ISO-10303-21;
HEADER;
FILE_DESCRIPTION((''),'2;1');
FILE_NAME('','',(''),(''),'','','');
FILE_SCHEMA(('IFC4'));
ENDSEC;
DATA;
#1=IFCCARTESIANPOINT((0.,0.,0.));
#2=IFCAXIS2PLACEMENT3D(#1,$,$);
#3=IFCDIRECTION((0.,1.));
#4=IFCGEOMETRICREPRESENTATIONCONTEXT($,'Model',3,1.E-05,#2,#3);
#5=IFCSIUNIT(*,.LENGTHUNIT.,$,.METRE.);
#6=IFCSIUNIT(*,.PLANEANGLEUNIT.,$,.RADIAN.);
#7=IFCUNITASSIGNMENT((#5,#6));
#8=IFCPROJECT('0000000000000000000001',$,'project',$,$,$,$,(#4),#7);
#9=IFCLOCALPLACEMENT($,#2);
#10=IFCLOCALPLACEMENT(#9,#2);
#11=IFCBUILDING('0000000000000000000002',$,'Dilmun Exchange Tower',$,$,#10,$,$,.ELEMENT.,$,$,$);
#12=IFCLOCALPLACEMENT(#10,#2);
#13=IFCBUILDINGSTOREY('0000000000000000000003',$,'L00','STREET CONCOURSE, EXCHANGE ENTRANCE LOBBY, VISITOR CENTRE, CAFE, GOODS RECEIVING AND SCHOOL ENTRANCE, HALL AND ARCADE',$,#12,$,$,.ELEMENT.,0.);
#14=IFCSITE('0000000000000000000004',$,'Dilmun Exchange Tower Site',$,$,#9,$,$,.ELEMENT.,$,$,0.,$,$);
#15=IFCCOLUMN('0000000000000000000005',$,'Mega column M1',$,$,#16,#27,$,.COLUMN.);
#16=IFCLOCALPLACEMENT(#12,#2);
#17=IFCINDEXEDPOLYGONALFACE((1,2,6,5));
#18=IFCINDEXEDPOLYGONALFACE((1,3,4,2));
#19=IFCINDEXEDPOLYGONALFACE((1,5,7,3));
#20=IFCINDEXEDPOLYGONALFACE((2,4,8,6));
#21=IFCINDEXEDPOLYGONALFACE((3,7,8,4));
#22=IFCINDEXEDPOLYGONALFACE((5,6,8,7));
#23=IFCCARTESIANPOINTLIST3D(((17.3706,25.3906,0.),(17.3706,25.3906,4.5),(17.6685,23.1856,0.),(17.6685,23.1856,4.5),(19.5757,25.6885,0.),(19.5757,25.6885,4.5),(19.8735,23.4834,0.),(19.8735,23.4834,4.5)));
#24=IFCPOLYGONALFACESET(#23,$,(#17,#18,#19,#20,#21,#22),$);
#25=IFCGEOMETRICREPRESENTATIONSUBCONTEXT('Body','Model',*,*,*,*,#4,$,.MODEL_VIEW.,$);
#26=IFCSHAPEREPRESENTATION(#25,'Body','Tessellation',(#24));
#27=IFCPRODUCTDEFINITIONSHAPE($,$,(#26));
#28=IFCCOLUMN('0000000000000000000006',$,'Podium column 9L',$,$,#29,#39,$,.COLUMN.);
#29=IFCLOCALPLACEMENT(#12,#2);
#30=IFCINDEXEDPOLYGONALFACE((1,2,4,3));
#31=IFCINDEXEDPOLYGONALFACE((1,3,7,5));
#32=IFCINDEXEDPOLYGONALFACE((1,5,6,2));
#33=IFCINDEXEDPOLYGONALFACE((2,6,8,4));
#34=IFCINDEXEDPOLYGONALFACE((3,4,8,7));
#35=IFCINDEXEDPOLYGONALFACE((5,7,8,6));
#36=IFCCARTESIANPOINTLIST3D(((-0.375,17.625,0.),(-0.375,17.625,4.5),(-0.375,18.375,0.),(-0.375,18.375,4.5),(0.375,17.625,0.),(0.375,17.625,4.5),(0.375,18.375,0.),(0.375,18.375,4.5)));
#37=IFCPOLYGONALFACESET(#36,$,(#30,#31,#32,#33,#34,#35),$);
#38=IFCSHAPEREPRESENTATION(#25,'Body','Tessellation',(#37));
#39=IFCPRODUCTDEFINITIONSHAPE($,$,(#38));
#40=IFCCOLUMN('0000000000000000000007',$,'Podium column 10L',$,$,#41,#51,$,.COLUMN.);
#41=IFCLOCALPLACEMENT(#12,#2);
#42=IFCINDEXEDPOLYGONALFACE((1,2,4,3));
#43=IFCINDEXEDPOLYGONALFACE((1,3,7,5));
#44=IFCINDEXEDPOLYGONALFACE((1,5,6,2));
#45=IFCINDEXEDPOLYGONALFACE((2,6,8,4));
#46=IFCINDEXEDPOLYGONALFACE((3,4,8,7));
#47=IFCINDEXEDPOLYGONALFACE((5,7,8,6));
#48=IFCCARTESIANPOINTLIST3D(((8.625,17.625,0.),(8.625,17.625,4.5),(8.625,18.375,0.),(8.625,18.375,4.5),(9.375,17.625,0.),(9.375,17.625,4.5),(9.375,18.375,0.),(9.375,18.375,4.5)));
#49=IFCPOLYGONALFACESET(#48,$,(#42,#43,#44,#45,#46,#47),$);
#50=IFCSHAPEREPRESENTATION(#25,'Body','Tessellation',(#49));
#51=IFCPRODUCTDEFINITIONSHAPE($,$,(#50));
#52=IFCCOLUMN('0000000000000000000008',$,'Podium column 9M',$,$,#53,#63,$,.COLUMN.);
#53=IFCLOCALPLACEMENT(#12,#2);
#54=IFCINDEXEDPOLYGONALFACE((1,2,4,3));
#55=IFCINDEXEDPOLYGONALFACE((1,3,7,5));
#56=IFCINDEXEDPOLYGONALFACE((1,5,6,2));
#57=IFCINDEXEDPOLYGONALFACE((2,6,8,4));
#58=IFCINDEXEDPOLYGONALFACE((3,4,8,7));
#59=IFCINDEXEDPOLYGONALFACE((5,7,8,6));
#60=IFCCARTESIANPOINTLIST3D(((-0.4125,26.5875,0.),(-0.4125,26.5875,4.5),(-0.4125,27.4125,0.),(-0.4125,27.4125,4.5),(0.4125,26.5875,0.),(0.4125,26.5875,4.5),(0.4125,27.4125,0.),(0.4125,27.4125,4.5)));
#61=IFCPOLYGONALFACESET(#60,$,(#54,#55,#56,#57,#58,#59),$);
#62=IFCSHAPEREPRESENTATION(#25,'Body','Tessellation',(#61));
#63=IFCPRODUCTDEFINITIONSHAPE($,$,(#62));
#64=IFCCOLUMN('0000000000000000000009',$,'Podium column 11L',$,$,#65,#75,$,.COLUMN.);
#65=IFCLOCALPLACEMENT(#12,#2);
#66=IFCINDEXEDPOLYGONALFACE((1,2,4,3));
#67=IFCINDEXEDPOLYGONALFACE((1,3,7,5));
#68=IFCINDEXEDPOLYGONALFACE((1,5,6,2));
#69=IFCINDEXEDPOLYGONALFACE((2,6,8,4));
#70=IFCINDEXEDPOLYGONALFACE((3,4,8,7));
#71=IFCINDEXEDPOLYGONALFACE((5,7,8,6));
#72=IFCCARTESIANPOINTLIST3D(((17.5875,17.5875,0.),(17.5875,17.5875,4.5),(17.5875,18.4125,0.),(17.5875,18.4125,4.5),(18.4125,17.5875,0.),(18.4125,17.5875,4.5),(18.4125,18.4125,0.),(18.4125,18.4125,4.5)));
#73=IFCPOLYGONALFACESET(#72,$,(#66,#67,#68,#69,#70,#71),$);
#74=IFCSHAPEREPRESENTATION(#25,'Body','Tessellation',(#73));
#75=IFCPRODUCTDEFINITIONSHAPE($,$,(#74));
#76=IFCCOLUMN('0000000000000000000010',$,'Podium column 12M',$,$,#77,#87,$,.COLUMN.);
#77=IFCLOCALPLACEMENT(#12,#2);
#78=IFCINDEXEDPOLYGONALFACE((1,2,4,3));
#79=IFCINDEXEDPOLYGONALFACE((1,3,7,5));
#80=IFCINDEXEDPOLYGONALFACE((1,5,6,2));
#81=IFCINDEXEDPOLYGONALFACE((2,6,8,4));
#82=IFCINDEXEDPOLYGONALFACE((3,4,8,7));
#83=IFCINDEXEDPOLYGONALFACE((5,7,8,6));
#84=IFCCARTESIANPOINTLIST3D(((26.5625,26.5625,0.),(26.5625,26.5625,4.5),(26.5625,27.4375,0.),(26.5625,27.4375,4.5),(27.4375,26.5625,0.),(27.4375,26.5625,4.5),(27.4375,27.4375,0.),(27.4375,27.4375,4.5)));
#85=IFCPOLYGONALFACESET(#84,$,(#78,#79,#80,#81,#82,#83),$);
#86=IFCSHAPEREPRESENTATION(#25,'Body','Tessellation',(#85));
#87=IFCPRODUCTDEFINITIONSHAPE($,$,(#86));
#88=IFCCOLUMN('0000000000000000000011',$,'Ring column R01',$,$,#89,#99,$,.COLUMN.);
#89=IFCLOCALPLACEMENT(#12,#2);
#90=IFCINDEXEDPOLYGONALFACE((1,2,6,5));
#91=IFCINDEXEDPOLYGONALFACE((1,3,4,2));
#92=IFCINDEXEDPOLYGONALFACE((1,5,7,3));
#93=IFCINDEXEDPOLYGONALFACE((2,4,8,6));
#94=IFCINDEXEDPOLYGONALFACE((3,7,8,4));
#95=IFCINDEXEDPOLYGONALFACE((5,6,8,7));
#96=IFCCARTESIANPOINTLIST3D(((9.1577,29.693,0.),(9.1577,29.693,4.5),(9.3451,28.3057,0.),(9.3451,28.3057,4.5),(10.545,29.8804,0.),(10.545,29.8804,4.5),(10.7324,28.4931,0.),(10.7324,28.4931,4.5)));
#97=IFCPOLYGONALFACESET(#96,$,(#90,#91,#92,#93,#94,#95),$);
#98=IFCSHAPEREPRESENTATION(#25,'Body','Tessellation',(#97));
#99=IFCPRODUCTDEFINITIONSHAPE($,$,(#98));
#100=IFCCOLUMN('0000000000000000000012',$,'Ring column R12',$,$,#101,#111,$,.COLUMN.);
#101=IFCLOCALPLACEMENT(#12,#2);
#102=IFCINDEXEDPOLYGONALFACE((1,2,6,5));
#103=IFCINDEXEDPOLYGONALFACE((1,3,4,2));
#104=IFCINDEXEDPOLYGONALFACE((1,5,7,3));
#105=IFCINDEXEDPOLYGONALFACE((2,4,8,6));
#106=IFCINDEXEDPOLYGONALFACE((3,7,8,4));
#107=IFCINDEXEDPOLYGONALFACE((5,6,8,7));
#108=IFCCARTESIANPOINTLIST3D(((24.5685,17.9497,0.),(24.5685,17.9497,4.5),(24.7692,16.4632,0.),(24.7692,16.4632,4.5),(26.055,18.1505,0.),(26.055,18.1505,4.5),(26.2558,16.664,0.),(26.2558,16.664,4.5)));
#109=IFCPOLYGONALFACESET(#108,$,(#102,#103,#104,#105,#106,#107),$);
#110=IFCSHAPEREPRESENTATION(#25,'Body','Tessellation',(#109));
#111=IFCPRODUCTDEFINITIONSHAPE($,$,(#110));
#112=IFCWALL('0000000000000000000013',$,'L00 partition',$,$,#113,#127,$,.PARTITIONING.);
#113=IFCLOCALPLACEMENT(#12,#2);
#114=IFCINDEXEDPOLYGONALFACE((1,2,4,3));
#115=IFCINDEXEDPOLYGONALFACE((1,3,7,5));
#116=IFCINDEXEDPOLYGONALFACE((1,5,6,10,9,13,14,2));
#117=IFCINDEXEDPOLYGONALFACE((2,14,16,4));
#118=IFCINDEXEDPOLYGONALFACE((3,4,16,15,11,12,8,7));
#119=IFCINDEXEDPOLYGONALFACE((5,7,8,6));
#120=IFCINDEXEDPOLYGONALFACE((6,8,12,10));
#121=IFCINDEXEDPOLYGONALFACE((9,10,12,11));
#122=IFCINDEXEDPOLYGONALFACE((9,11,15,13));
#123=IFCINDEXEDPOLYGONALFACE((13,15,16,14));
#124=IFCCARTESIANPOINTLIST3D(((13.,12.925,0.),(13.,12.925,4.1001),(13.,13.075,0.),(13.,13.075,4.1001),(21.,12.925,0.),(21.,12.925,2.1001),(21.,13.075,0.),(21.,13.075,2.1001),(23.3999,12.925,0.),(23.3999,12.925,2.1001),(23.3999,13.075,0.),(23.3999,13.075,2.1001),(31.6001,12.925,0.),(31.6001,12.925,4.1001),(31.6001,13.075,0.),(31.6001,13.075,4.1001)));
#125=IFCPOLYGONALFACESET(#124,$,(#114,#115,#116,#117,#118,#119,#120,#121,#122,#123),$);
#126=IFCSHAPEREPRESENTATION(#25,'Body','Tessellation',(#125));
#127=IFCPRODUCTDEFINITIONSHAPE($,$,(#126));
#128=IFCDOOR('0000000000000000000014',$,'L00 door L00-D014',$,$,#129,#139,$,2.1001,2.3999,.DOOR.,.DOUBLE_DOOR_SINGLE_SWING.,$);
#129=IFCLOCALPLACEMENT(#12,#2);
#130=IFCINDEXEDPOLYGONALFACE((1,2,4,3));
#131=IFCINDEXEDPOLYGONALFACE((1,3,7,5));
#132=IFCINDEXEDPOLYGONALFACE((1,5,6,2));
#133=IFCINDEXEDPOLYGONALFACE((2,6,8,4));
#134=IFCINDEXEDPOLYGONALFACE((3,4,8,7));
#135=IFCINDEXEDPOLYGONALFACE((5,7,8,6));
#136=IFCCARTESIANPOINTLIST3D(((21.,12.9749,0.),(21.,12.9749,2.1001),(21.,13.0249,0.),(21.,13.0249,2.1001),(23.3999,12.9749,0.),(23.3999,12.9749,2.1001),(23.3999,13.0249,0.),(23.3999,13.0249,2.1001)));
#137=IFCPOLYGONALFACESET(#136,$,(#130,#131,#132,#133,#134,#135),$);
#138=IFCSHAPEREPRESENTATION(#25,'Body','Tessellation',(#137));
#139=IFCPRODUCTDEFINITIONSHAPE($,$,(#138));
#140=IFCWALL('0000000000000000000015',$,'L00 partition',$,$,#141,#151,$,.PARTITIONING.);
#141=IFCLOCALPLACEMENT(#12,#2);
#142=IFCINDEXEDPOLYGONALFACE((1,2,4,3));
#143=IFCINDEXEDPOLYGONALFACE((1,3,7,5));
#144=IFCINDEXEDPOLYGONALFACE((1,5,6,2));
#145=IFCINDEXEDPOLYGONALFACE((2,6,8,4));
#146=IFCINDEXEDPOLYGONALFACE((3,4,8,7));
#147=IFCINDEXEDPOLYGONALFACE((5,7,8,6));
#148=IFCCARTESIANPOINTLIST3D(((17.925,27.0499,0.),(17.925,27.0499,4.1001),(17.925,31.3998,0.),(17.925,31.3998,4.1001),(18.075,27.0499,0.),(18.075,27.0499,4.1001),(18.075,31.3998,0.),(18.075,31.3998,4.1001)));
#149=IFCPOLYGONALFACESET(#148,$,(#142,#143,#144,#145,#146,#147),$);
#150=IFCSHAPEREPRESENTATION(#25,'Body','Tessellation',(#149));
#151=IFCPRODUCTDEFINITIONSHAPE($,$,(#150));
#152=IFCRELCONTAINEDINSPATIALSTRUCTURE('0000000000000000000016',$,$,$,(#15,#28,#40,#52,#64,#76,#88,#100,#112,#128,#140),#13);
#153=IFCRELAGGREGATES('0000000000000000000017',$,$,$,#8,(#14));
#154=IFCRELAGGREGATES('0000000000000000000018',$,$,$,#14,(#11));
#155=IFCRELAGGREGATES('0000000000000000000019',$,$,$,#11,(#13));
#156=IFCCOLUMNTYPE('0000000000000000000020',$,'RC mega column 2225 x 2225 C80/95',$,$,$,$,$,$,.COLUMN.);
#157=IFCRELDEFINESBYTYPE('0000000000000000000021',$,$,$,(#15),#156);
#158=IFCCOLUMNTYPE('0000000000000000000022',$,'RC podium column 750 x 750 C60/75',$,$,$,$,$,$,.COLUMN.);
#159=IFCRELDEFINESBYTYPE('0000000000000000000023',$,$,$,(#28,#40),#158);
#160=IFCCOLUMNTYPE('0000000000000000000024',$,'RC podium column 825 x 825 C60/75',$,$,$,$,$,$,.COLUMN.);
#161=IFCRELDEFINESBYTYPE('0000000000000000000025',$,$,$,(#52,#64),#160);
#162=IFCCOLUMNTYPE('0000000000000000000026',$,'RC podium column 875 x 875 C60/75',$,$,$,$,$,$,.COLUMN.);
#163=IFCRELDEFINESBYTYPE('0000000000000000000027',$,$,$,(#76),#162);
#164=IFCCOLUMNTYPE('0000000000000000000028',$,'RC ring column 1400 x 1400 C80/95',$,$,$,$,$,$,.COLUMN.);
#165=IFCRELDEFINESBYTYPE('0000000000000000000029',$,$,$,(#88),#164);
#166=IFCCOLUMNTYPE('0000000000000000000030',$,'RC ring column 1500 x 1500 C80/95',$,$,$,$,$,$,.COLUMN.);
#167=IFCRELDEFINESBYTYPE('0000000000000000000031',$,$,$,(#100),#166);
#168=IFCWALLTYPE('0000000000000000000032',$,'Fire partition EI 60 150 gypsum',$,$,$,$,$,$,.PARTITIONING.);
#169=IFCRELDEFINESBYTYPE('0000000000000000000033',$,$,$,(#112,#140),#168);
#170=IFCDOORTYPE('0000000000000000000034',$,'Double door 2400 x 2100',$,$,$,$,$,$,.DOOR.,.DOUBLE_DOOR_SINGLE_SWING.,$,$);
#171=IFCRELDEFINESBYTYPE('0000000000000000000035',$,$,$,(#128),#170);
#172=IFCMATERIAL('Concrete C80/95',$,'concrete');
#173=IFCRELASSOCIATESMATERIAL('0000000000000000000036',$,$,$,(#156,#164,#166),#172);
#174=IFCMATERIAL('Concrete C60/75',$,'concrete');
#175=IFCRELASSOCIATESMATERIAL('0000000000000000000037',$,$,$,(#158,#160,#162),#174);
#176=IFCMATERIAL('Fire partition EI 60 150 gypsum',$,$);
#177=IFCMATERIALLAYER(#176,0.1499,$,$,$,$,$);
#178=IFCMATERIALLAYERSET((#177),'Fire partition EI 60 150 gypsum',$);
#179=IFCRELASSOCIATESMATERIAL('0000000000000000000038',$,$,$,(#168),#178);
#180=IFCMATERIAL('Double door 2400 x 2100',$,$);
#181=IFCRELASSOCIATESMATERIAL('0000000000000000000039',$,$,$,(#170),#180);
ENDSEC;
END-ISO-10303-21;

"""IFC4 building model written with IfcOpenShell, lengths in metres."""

from ifc_helpers import new_model, si_unit, direction, frame, frame_2d, origin, origin_2d, place, context, subcontext, project, spatial, rectangle, extrude, material, layer, layer_set, material_profile, profile_set, type_object, element, fill, save


model = new_model("IFC4")

# Units and contexts
model_context = context("Model", 3, precision=1e-05, world=origin(), true_north=direction((0.0, 1.0)))
body_context = subcontext(model_context, "Body", "Model", "MODEL_VIEW")
ifc_project = project(units=[si_unit("LENGTHUNIT", "METRE"), si_unit("PLANEANGLEUNIT", "RADIAN")], contexts=[model_context])

# Site, building, storey
site_placement = place(None, origin())
site = spatial("IfcSite", under=ifc_project, at=site_placement, Name="Dilmun Exchange Tower Site", CompositionType="ELEMENT", RefElevation=0.0)
building_placement = place(site_placement, origin())
building = spatial("IfcBuilding", under=site, at=building_placement, Name="Dilmun Exchange Tower", CompositionType="ELEMENT")
storey_placement = place(building_placement, origin())
storey = spatial("IfcBuildingStorey", under=building, at=storey_placement, Name="L00", Description="STREET CONCOURSE, EXCHANGE ENTRANCE LOBBY, VISITOR CENTRE, CAFE, GOODS RECEIVING AND SCHOOL ENTRANCE, HALL AND ARCADE", CompositionType="ELEMENT", Elevation=0.0)

# Columns
ifc_material_1 = material(Name="Concrete C80/95", Category="concrete")
ifc_material_profile_1 = material_profile(ifc_material_1, rectangle(XDim=2.2251, YDim=2.2251, at=origin_2d()), Name="2225 x 2225")
ifc_profile_set_1 = profile_set([ifc_material_profile_1], Name="Concrete C80/95")
column_type_1 = type_object("IfcColumnType", Name="RC mega column 2225 x 2225 C80/95", PredefinedType="COLUMN", material=ifc_profile_set_1)
column_1_placement = place(storey_placement, frame((18.6221, 24.437, 0.0), z_axis=(0.0, 0.0, 1.0), x_axis=(0.991001, 0.133853, 0.0)))
element("IfcColumn", 1, at=column_1_placement, inside=storey, type_object=column_type_1, Name="Mega column M1", PredefinedType="COLUMN", context=body_context, shape_type="SweptSolid", body=[
    extrude(rectangle(XDim=2.2251, YDim=2.2251, at=origin_2d()), origin(), (0.0, 0.0, 1.0), 4.5),
])
ifc_material_2 = material(Name="Concrete C60/75", Category="concrete")
ifc_material_profile_2 = material_profile(ifc_material_2, rectangle(XDim=0.75, YDim=0.75, at=origin_2d()), Name="750 x 750")
ifc_profile_set_2 = profile_set([ifc_material_profile_2], Name="Concrete C60/75")
column_type_2 = type_object("IfcColumnType", Name="RC podium column 750 x 750 C60/75", PredefinedType="COLUMN", material=ifc_profile_set_2)
for number, where, z_axis, x_axis, name in (
    (2, (0.0, 18.0, 0.0), (0.0, 0.0, 1.0), (1.0, 0.0, 0.0), "Podium column 9L"),
    (3, (9.0, 18.0, 0.0), (0.0, 0.0, 1.0), (1.0, 0.0, 0.0), "Podium column 10L"),
):
    element("IfcColumn", number, at=place(storey_placement, frame(where, z_axis=z_axis, x_axis=x_axis)), inside=storey, type_object=column_type_2, Name=name, PredefinedType="COLUMN", context=body_context, shape_type="SweptSolid", body=[
        extrude(rectangle(XDim=0.75, YDim=0.75, at=origin_2d()), origin(), (0.0, 0.0, 1.0), 4.5),
    ])
ifc_material_profile_3 = material_profile(ifc_material_2, rectangle(XDim=0.825, YDim=0.825, at=origin_2d()), Name="825 x 825")
ifc_profile_set_3 = profile_set([ifc_material_profile_3], Name="Concrete C60/75")
column_type_3 = type_object("IfcColumnType", Name="RC podium column 825 x 825 C60/75", PredefinedType="COLUMN", material=ifc_profile_set_3)
for number, where, z_axis, x_axis, name in (
    (4, (0.0, 27.0, 0.0), (0.0, 0.0, 1.0), (1.0, 0.0, 0.0), "Podium column 9M"),
    (5, (18.0, 18.0, 0.0), (0.0, 0.0, 1.0), (1.0, 0.0, 0.0), "Podium column 11L"),
):
    element("IfcColumn", number, at=place(storey_placement, frame(where, z_axis=z_axis, x_axis=x_axis)), inside=storey, type_object=column_type_3, Name=name, PredefinedType="COLUMN", context=body_context, shape_type="SweptSolid", body=[
        extrude(rectangle(XDim=0.825, YDim=0.825, at=origin_2d()), origin(), (0.0, 0.0, 1.0), 4.5),
    ])
ifc_material_profile_4 = material_profile(ifc_material_2, rectangle(XDim=0.875, YDim=0.875, at=origin_2d()), Name="875 x 875")
ifc_profile_set_4 = profile_set([ifc_material_profile_4], Name="Concrete C60/75")
column_type_4 = type_object("IfcColumnType", Name="RC podium column 875 x 875 C60/75", PredefinedType="COLUMN", material=ifc_profile_set_4)
column_2_placement = place(storey_placement, frame((27.0, 27.0, 0.0), z_axis=(0.0, 0.0, 1.0), x_axis=(1.0, 0.0, 0.0)))
element("IfcColumn", 6, at=column_2_placement, inside=storey, type_object=column_type_4, Name="Podium column 12M", PredefinedType="COLUMN", context=body_context, shape_type="SweptSolid", body=[
    extrude(rectangle(XDim=0.875, YDim=0.875, at=origin_2d()), origin(), (0.0, 0.0, 1.0), 4.5),
])
ifc_material_profile_5 = material_profile(ifc_material_1, rectangle(XDim=1.3999, YDim=1.3999, at=origin_2d()), Name="1400 x 1400")
ifc_profile_set_5 = profile_set([ifc_material_profile_5], Name="Concrete C80/95")
column_type_5 = type_object("IfcColumnType", Name="RC ring column 1400 x 1400 C80/95", PredefinedType="COLUMN", material=ifc_profile_set_5)
column_3_placement = place(storey_placement, frame((9.9451, 29.093, 0.0), z_axis=(0.0, 0.0, 1.0), x_axis=(0.991001, 0.133853, 0.0)))
element("IfcColumn", 7, at=column_3_placement, inside=storey, type_object=column_type_5, Name="Ring column R01", PredefinedType="COLUMN", context=body_context, shape_type="SweptSolid", body=[
    extrude(rectangle(XDim=1.3999, YDim=1.3999, at=origin_2d()), origin(), (0.0, 0.0, 1.0), 4.5),
])
ifc_material_profile_6 = material_profile(ifc_material_1, rectangle(XDim=1.5, YDim=1.5, at=origin_2d()), Name="1500 x 1500")
ifc_profile_set_6 = profile_set([ifc_material_profile_6], Name="Concrete C80/95")
column_type_6 = type_object("IfcColumnType", Name="RC ring column 1500 x 1500 C80/95", PredefinedType="COLUMN", material=ifc_profile_set_6)
column_4_placement = place(storey_placement, frame((25.4121, 17.3069, 0.0), z_axis=(0.0, 0.0, 1.0), x_axis=(0.991001, 0.133853, 0.0)))
element("IfcColumn", 8, at=column_4_placement, inside=storey, type_object=column_type_6, Name="Ring column R12", PredefinedType="COLUMN", context=body_context, shape_type="SweptSolid", body=[
    extrude(rectangle(XDim=1.5, YDim=1.5, at=origin_2d()), origin(), (0.0, 0.0, 1.0), 4.5),
])

# Wall, opening, door
ifc_material_3 = material(Name="Fire partition EI 60 150 gypsum")
ifc_layer_1 = layer(ifc_material_3, 0.1499)
ifc_layer_set_1 = layer_set([ifc_layer_1], Name="Fire partition EI 60 150 gypsum")
wall_type_1 = type_object("IfcWallType", Name="Fire partition EI 60 150 gypsum", PredefinedType="PARTITIONING", material=ifc_layer_set_1)
wall_1_placement = place(storey_placement, frame((13.0, 13.0, 0.0), z_axis=(0.0, 0.0, 1.0), x_axis=(1.0, 0.0, 0.0)))
wall_1 = element("IfcWall", 9, at=wall_1_placement, inside=storey, type_object=wall_type_1, Name="L00 partition", PredefinedType="PARTITIONING", context=body_context, shape_type="SweptSolid", body=[
    extrude(rectangle(XDim=18.6001, YDim=0.1499, at=frame_2d((9.3, 0.0))), origin(), (0.0, 0.0, 1.0), 4.1001),
])
opening_1_placement = place(wall_1_placement, frame((8.0, 0.0, 0.0)))
opening_1 = element("IfcOpeningElement", 10, at=opening_1_placement, cuts=wall_1, PredefinedType="OPENING", context=body_context, shape_type="SweptSolid", body=[
    extrude(rectangle(XDim=2.3999, YDim=2.1001, at=frame_2d((1.2, 1.05))), frame((0.0, 0.085, 0.0), z_axis=(0.0, -1.0, 0.0), x_axis=(1.0, 0.0, 0.0)), (0.0, 0.0, 1.0), 0.1699),
])
ifc_material_4 = material(Name="Double door 2400 x 2100")
door_type_1 = type_object("IfcDoorType", Name="Double door 2400 x 2100", OperationType="DOUBLE_DOOR_SINGLE_SWING", PredefinedType="DOOR", material=ifc_material_4)
door_1_placement = place(opening_1_placement, origin())
door_1 = element("IfcDoor", 11, at=door_1_placement, inside=storey, type_object=door_type_1, Name="L00 door L00-D014", OperationType="DOUBLE_DOOR_SINGLE_SWING", OverallHeight=2.1001, OverallWidth=2.3999, PredefinedType="DOOR", context=body_context, shape_type="SweptSolid", body=[
    extrude(rectangle(XDim=2.3999, YDim=2.1001, at=frame_2d((1.2, 1.05))), frame((0.0, 0.0249, 0.0), z_axis=(0.0, -1.0, 0.0), x_axis=(1.0, 0.0, 0.0)), (0.0, 0.0, 1.0), 0.05),
])
fill(opening_1, door_1)

# Wall
wall_2_placement = place(storey_placement, frame((18.0, 27.05, 0.0), z_axis=(0.0, 0.0, 1.0), x_axis=(0.0, 1.0, 0.0)))
element("IfcWall", 12, at=wall_2_placement, inside=storey, type_object=wall_type_1, Name="L00 partition", PredefinedType="PARTITIONING", context=body_context, shape_type="SweptSolid", body=[
    extrude(rectangle(XDim=4.3499, YDim=0.1499, at=frame_2d((2.1748, 0.0))), origin(), (0.0, 0.0, 1.0), 4.1001),
])

save(model, "model.ifc")
